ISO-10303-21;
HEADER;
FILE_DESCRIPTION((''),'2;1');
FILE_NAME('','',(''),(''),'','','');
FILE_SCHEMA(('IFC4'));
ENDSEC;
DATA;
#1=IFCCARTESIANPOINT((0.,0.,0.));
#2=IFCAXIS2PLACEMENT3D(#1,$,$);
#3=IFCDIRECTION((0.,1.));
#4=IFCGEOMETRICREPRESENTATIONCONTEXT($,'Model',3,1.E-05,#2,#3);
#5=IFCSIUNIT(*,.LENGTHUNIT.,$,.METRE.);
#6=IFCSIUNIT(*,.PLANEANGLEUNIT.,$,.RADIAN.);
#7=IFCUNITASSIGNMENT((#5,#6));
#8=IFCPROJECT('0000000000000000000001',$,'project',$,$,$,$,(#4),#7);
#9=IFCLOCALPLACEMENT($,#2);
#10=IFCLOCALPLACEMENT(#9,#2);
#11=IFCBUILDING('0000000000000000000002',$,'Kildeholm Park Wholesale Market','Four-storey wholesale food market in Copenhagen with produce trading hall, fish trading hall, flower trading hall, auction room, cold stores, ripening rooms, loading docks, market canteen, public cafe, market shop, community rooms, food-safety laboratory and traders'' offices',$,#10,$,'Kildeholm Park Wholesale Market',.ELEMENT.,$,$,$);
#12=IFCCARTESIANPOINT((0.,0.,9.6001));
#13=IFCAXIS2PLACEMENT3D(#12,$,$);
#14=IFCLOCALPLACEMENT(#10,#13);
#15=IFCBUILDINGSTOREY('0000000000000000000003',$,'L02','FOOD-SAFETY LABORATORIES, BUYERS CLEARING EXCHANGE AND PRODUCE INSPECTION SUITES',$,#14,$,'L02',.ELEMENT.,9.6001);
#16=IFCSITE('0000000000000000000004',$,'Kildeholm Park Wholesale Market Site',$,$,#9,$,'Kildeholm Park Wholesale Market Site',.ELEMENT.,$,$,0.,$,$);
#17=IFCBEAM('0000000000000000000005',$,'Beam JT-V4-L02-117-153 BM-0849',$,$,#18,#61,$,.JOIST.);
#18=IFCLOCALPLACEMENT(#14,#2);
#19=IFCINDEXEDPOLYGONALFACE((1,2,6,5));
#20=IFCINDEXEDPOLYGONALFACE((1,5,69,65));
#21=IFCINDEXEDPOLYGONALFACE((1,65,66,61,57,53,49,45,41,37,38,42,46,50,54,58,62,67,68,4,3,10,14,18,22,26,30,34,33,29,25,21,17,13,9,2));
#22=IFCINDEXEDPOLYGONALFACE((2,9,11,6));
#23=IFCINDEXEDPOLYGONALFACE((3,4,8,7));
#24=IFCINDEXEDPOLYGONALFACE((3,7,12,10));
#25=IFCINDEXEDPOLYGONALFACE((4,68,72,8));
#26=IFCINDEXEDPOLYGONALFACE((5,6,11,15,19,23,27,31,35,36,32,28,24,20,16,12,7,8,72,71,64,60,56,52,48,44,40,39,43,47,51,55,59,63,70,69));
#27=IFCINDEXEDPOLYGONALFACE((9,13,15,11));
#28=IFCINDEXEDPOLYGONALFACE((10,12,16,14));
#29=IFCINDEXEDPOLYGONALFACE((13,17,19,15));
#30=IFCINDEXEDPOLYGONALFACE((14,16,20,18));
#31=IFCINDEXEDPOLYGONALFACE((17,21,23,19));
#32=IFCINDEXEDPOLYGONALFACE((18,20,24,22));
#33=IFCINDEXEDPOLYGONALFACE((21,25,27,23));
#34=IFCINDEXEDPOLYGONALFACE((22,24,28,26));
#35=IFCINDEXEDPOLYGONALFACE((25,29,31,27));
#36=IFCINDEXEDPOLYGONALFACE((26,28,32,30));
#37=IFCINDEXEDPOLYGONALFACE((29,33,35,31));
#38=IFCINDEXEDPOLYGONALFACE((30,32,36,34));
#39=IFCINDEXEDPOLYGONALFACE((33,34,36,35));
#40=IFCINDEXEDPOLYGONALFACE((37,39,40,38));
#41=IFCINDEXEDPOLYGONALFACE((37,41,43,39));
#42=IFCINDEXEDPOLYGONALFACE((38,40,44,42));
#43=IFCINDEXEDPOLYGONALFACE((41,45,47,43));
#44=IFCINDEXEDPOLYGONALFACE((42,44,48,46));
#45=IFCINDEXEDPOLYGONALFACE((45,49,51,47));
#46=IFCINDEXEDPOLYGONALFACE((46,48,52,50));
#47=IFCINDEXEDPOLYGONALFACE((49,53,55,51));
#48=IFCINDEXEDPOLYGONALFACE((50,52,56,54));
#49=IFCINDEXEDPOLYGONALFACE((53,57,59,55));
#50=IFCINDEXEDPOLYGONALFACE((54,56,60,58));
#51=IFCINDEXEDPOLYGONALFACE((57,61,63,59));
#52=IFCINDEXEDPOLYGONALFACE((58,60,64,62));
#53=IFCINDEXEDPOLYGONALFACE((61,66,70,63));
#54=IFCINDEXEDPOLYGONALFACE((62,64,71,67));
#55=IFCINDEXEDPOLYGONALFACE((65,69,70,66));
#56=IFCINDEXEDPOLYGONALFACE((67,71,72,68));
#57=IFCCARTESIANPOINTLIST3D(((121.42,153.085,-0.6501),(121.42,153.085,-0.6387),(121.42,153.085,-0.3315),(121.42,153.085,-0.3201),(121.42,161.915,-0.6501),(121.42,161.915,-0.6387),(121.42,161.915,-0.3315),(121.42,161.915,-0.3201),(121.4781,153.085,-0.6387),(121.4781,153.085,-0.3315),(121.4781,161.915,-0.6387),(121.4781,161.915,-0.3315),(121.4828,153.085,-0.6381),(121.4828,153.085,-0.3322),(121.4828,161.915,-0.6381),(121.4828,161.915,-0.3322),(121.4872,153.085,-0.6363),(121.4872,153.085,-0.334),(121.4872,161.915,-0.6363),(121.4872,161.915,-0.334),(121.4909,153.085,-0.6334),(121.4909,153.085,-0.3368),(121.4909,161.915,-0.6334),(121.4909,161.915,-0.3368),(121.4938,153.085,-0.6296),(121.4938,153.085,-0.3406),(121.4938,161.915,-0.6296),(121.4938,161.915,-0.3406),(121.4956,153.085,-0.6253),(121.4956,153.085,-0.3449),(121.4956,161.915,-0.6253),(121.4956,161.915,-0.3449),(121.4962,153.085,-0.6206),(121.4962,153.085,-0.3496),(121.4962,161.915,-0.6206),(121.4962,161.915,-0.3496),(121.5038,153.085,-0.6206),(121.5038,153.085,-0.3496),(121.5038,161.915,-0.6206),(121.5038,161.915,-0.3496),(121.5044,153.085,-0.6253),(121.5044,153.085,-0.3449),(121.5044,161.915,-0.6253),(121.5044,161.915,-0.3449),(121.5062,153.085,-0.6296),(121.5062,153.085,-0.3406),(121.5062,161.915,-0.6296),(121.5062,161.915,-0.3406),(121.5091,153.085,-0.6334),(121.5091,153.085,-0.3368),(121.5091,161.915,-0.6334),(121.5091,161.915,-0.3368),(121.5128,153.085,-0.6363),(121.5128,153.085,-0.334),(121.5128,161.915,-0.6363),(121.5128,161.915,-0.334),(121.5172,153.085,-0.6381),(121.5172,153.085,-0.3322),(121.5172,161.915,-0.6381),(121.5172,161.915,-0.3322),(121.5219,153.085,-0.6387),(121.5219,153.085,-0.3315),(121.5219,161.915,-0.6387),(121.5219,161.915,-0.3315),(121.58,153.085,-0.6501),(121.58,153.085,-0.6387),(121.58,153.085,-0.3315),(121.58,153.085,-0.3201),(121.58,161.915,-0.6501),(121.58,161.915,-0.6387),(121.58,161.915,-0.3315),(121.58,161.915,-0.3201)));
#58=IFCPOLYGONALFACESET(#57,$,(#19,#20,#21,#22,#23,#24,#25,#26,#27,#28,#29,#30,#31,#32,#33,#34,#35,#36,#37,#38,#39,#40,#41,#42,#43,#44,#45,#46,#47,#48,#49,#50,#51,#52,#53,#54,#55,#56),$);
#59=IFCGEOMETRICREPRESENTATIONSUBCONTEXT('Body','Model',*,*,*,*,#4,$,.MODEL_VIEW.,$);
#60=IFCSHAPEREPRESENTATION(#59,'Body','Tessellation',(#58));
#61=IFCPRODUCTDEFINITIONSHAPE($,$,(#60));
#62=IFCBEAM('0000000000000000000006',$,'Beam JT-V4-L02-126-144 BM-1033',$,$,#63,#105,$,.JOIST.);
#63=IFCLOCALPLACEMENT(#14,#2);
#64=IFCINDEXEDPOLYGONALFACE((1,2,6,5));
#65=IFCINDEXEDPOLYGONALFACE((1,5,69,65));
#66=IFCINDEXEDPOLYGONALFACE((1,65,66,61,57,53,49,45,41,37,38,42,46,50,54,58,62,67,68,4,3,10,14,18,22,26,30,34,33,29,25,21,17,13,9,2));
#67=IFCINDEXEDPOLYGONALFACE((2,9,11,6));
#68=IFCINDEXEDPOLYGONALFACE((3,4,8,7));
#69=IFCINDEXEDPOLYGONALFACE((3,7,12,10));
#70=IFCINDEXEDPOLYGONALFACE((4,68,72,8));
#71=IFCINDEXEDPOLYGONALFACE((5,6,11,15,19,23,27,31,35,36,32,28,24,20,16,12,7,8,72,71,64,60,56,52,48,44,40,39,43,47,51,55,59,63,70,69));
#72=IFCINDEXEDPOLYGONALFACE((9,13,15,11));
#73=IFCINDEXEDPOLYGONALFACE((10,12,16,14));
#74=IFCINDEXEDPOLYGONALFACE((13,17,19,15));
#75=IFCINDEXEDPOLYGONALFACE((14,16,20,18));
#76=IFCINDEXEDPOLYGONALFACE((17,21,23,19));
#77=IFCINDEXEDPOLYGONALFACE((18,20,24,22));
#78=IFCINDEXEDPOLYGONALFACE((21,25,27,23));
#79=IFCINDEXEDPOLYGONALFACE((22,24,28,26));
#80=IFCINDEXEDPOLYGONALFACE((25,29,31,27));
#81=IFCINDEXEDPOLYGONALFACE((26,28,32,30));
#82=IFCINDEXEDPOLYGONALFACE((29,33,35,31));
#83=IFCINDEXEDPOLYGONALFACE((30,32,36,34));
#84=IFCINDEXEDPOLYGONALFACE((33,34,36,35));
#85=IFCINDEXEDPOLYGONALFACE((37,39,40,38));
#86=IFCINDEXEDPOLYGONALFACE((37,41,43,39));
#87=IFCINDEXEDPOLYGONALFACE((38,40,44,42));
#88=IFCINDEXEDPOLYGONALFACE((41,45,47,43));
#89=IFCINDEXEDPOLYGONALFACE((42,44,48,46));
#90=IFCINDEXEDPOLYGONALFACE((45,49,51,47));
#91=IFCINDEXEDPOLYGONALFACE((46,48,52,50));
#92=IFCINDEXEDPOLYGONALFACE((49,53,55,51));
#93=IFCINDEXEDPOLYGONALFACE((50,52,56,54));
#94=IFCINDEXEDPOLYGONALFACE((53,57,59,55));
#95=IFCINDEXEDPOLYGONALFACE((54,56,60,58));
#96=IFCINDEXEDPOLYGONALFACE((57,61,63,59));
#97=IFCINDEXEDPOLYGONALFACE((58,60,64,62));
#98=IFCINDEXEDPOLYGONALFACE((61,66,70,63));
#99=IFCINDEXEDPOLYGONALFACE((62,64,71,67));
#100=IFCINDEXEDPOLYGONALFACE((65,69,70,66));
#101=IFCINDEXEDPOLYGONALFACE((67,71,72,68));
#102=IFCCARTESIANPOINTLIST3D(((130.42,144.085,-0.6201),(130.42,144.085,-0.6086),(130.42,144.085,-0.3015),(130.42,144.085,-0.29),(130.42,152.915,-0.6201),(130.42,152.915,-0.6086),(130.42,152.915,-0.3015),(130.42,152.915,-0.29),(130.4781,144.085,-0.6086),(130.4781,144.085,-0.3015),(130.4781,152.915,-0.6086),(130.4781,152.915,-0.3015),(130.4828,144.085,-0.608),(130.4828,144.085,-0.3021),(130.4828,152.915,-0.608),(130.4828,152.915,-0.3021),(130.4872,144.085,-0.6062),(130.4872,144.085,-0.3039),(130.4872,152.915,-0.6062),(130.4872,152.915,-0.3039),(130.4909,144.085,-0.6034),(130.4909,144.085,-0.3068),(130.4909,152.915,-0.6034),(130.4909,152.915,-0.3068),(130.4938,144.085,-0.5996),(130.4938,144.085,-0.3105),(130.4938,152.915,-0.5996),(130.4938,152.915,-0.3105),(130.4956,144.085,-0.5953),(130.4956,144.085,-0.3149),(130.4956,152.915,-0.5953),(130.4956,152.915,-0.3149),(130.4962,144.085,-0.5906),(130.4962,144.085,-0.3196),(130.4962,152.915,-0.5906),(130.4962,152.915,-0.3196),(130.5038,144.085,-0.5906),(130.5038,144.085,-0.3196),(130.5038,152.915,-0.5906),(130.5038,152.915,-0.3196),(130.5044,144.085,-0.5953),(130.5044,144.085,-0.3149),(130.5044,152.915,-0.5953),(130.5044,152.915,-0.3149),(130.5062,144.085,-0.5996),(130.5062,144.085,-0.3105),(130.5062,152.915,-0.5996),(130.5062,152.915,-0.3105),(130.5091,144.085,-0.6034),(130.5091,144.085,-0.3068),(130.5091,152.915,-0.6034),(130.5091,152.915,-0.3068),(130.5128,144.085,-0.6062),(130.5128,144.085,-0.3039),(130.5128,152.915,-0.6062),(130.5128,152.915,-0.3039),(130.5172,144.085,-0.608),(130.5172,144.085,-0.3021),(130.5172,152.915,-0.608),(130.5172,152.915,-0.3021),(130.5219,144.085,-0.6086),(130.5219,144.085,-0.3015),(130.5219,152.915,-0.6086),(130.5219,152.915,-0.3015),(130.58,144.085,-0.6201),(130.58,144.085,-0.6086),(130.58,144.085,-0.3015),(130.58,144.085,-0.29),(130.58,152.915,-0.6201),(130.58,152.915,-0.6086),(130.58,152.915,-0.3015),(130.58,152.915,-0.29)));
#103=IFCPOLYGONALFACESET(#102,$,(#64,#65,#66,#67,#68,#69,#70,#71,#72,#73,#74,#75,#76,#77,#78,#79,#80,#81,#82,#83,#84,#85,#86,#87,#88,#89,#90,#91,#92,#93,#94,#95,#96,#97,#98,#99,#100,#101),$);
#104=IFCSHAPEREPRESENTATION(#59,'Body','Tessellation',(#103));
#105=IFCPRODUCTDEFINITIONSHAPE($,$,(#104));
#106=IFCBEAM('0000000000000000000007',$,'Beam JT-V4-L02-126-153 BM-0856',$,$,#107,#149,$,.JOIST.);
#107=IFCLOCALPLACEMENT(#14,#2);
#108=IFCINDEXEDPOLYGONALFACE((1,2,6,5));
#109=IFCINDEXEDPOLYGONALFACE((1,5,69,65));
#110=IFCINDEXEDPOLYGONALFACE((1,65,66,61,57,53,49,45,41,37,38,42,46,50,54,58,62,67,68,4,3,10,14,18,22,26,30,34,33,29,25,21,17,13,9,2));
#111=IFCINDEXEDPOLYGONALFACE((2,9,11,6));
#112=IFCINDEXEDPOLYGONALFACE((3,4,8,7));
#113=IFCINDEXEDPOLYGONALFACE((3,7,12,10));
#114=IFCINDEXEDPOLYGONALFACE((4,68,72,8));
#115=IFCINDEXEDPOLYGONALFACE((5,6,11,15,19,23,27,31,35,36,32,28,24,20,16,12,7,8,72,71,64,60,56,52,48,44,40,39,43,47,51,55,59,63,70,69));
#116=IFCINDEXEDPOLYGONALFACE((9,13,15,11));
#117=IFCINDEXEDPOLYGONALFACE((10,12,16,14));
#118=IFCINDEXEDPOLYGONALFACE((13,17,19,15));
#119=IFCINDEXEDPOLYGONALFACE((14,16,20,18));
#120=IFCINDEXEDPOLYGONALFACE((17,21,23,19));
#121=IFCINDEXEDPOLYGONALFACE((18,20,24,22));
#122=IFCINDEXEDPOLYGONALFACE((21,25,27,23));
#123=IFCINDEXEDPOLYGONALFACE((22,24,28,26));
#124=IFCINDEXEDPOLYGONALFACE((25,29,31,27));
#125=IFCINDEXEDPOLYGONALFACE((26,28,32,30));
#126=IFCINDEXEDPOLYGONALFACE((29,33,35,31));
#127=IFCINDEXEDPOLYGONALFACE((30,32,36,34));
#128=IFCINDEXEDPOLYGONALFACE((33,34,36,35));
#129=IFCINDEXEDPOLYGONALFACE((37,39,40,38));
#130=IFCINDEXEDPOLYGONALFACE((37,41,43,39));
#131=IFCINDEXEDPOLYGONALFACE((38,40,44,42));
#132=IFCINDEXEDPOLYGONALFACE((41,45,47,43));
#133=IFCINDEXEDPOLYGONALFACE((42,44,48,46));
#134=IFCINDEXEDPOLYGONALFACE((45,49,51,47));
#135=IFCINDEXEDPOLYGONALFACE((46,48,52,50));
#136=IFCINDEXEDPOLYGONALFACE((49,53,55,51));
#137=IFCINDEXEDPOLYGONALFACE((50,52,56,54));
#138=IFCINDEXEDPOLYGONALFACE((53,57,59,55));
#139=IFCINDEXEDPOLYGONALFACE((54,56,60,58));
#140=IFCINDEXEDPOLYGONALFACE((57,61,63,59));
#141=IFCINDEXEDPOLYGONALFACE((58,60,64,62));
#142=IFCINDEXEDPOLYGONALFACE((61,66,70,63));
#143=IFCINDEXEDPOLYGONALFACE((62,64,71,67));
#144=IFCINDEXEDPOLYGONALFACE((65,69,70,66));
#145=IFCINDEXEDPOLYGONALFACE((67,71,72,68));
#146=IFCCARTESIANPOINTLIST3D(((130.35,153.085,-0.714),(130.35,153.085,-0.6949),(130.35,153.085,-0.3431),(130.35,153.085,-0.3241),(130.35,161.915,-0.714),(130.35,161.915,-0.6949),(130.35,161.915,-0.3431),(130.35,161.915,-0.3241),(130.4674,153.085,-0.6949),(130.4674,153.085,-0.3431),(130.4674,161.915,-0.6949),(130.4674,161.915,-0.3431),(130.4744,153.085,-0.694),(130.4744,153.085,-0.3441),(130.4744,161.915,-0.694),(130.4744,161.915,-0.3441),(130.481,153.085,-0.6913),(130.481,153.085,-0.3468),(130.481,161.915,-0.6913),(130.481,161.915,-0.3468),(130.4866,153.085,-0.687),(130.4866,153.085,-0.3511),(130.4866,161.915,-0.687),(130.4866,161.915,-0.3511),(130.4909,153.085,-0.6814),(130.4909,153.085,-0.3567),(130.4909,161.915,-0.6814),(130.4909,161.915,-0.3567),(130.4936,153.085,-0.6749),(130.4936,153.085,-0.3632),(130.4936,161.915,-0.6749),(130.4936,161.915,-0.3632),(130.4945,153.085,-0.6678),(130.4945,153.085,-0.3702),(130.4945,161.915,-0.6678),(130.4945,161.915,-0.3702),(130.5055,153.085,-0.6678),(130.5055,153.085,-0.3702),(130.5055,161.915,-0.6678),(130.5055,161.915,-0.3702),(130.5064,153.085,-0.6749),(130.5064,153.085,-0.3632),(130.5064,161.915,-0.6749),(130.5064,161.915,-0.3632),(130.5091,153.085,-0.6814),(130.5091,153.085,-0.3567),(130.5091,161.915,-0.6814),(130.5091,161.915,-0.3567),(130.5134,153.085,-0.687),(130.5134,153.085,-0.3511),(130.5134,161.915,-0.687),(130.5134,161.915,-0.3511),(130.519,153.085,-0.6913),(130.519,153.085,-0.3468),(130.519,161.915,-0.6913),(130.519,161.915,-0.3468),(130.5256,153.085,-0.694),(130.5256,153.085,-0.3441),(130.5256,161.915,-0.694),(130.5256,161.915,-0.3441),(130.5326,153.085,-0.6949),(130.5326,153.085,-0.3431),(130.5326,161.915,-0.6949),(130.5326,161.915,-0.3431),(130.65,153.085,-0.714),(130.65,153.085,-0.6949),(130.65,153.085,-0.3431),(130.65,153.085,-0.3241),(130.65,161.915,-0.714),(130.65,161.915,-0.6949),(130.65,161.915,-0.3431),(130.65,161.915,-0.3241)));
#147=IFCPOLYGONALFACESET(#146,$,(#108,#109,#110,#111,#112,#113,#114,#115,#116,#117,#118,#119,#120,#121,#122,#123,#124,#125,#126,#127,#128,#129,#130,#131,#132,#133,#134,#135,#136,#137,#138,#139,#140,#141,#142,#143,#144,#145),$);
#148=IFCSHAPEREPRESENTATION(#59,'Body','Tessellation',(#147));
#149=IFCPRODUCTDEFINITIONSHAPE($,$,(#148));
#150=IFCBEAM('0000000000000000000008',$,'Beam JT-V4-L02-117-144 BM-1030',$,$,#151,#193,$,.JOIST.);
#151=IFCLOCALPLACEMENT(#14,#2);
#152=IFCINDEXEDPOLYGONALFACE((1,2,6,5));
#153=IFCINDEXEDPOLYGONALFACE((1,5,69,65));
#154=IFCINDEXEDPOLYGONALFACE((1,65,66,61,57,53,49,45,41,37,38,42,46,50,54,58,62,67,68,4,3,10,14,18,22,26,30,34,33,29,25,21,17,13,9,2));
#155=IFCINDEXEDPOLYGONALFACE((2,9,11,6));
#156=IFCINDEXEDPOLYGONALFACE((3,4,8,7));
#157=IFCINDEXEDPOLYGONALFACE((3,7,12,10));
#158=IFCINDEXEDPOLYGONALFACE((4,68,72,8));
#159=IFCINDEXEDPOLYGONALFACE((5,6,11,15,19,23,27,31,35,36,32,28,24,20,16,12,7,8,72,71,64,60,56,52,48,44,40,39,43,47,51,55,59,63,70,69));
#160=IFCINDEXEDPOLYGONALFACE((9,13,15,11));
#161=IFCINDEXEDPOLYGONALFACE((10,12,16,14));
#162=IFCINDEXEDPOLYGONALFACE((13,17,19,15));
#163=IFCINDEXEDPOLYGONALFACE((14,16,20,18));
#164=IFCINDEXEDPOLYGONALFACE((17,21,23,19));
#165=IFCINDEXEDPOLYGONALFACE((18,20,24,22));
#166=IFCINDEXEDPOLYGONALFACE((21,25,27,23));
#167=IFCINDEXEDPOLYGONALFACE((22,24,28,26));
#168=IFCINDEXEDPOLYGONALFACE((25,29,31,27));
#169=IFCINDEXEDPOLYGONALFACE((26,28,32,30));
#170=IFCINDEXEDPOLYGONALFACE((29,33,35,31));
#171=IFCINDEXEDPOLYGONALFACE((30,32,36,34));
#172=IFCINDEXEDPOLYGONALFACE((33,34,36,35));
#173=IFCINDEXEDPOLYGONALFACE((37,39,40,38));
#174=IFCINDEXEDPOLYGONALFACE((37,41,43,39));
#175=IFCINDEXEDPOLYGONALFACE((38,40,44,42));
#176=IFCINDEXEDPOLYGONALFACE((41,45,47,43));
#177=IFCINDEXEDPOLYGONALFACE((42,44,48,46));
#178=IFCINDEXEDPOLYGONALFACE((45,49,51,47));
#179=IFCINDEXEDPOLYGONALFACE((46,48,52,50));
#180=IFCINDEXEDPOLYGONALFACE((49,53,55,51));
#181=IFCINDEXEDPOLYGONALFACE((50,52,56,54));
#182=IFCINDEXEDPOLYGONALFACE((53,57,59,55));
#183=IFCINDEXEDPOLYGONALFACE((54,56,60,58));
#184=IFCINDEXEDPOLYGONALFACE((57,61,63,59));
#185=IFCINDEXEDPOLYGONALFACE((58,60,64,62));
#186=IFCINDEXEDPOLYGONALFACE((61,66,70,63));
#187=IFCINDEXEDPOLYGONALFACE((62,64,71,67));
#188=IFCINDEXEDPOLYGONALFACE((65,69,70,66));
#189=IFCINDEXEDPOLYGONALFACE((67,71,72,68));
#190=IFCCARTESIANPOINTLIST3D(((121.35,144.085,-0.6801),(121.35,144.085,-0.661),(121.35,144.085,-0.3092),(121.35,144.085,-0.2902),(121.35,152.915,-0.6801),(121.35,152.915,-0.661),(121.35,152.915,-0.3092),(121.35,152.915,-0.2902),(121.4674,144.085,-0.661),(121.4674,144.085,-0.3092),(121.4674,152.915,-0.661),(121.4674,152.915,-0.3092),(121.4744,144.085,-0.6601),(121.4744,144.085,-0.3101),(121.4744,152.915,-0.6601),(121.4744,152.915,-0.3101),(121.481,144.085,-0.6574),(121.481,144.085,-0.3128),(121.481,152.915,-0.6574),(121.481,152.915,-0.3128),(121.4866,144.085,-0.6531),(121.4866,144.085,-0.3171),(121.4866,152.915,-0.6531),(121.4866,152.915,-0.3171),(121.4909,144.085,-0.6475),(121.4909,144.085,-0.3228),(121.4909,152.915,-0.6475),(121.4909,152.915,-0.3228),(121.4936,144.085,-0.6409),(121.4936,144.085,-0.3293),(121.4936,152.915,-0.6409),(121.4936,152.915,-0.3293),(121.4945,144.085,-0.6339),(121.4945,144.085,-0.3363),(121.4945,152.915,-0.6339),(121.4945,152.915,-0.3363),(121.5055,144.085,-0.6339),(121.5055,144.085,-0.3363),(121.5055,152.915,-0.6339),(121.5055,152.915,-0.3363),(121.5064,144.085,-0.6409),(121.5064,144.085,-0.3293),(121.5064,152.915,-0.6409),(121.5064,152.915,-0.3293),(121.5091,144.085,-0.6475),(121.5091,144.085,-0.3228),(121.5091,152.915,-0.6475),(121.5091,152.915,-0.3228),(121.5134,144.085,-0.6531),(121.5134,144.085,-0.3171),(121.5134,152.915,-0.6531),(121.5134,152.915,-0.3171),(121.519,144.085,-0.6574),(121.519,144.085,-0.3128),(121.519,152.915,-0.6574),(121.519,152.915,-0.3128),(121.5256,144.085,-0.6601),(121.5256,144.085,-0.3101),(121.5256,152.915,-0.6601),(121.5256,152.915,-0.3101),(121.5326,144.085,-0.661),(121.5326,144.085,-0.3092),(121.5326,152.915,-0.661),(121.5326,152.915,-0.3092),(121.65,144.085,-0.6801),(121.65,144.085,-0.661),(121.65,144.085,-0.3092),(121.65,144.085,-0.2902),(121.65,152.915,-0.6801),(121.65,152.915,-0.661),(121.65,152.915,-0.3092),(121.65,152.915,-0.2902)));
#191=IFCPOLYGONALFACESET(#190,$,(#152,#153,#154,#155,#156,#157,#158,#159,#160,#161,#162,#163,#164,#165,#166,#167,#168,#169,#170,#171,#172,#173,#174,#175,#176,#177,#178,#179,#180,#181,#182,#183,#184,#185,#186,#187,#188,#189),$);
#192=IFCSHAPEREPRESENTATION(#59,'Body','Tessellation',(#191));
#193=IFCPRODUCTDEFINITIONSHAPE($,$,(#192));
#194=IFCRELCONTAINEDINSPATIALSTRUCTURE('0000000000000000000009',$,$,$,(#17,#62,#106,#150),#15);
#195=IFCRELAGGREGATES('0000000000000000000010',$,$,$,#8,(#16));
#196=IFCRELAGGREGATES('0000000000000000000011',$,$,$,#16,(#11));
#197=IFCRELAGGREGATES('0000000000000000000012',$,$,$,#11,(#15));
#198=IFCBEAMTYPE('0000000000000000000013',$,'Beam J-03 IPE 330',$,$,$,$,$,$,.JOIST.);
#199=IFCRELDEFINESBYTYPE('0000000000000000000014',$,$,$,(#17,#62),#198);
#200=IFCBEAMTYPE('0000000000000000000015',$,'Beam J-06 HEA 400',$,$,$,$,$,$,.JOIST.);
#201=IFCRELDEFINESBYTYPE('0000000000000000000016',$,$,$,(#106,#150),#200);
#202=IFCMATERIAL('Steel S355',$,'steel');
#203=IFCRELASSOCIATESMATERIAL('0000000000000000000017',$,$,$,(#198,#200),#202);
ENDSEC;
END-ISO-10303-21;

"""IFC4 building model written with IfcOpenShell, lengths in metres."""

from ifc_helpers import new_model, si_unit, direction, frame, origin, origin_2d, place, context, subcontext, project, spatial, i_section, extrude, material, material_profile, profile_set, type_object, element, save


model = new_model("IFC4")

# Units and contexts
model_context = context("Model", 3, precision=1e-05, world=origin(), true_north=direction((0.0, 1.0)))
body_context = subcontext(model_context, "Body", "Model", "MODEL_VIEW")
ifc_project = project(units=[si_unit("LENGTHUNIT", "METRE"), si_unit("PLANEANGLEUNIT", "RADIAN")], contexts=[model_context])

# Site, building, storey
site_placement = place(None, origin())
site = spatial("IfcSite", under=ifc_project, at=site_placement, Name="Kildeholm Park Wholesale Market Site", LongName="Kildeholm Park Wholesale Market Site", CompositionType="ELEMENT", RefElevation=0.0)
building_placement = place(site_placement, origin())
building = spatial("IfcBuilding", under=site, at=building_placement, Name="Kildeholm Park Wholesale Market", Description="Four-storey wholesale food market in Copenhagen with produce trading hall, fish trading hall, flower trading hall, auction room, cold stores, ripening rooms, loading docks, market canteen, public cafe, market shop, community rooms, food-safety laboratory and traders' offices", LongName="Kildeholm Park Wholesale Market", CompositionType="ELEMENT")
storey_placement = place(building_placement, frame((0.0, 0.0, 9.6001)))
storey = spatial("IfcBuildingStorey", under=building, at=storey_placement, Name="L02", Description="FOOD-SAFETY LABORATORIES, BUYERS CLEARING EXCHANGE AND PRODUCE INSPECTION SUITES", LongName="L02", CompositionType="ELEMENT", Elevation=9.6001)

# Beams
ifc_material_1 = material(Name="Steel S355", Category="steel")
ifc_material_profile_1 = material_profile(ifc_material_1, i_section(OverallWidth=0.1599, OverallDepth=0.3301, WebThickness=0.0076, FlangeThickness=0.0115, FilletRadius=0.0181, at=origin_2d()), Name="IPE 330")
ifc_profile_set_1 = profile_set([ifc_material_profile_1], Name="Steel S355")
beam_type_1 = type_object("IfcBeamType", Name="Beam J-03 IPE 330", PredefinedType="JOIST", material=ifc_profile_set_1)
for number, where, z_axis, x_axis, name in (
    (1, (121.5, 153.085, -0.4851), (0.0, 1.0, 0.0), (-1.0, 0.0, 0.0), "Beam JT-V4-L02-117-153 BM-0849"),
    (2, (130.5, 144.085, -0.4551), (0.0, 1.0, 0.0), (-1.0, 0.0, 0.0), "Beam JT-V4-L02-126-144 BM-1033"),
):
    element("IfcBeam", number, at=place(storey_placement, frame(where, z_axis=z_axis, x_axis=x_axis)), inside=storey, type_object=beam_type_1, Name=name, PredefinedType="JOIST", context=body_context, shape_type="SweptSolid", body=[
        extrude(i_section(OverallWidth=0.1599, OverallDepth=0.3301, WebThickness=0.0076, FlangeThickness=0.0115, FilletRadius=0.0181, at=origin_2d()), origin(), (0.0, 0.0, 1.0), 8.8301),
    ])
ifc_material_profile_2 = material_profile(ifc_material_1, i_section(OverallWidth=0.3, OverallDepth=0.3899, WebThickness=0.011, FlangeThickness=0.019, FilletRadius=0.0271, at=origin_2d()), Name="HEA 400")
ifc_profile_set_2 = profile_set([ifc_material_profile_2], Name="Steel S355")
beam_type_2 = type_object("IfcBeamType", Name="Beam J-06 HEA 400", PredefinedType="JOIST", material=ifc_profile_set_2)
for number, where, z_axis, x_axis, name in (
    (3, (130.5, 153.085, -0.519), (0.0, 1.0, 0.0), (-1.0, 0.0, 0.0), "Beam JT-V4-L02-126-153 BM-0856"),
    (4, (121.5, 144.085, -0.4851), (0.0, 1.0, 0.0), (-1.0, 0.0, 0.0), "Beam JT-V4-L02-117-144 BM-1030"),
):
    element("IfcBeam", number, at=place(storey_placement, frame(where, z_axis=z_axis, x_axis=x_axis)), inside=storey, type_object=beam_type_2, Name=name, PredefinedType="JOIST", context=body_context, shape_type="SweptSolid", body=[
        extrude(i_section(OverallWidth=0.3, OverallDepth=0.3899, WebThickness=0.011, FlangeThickness=0.019, FilletRadius=0.0271, at=origin_2d()), origin(), (0.0, 0.0, 1.0), 8.8301),
    ])

save(model, "model.ifc")
